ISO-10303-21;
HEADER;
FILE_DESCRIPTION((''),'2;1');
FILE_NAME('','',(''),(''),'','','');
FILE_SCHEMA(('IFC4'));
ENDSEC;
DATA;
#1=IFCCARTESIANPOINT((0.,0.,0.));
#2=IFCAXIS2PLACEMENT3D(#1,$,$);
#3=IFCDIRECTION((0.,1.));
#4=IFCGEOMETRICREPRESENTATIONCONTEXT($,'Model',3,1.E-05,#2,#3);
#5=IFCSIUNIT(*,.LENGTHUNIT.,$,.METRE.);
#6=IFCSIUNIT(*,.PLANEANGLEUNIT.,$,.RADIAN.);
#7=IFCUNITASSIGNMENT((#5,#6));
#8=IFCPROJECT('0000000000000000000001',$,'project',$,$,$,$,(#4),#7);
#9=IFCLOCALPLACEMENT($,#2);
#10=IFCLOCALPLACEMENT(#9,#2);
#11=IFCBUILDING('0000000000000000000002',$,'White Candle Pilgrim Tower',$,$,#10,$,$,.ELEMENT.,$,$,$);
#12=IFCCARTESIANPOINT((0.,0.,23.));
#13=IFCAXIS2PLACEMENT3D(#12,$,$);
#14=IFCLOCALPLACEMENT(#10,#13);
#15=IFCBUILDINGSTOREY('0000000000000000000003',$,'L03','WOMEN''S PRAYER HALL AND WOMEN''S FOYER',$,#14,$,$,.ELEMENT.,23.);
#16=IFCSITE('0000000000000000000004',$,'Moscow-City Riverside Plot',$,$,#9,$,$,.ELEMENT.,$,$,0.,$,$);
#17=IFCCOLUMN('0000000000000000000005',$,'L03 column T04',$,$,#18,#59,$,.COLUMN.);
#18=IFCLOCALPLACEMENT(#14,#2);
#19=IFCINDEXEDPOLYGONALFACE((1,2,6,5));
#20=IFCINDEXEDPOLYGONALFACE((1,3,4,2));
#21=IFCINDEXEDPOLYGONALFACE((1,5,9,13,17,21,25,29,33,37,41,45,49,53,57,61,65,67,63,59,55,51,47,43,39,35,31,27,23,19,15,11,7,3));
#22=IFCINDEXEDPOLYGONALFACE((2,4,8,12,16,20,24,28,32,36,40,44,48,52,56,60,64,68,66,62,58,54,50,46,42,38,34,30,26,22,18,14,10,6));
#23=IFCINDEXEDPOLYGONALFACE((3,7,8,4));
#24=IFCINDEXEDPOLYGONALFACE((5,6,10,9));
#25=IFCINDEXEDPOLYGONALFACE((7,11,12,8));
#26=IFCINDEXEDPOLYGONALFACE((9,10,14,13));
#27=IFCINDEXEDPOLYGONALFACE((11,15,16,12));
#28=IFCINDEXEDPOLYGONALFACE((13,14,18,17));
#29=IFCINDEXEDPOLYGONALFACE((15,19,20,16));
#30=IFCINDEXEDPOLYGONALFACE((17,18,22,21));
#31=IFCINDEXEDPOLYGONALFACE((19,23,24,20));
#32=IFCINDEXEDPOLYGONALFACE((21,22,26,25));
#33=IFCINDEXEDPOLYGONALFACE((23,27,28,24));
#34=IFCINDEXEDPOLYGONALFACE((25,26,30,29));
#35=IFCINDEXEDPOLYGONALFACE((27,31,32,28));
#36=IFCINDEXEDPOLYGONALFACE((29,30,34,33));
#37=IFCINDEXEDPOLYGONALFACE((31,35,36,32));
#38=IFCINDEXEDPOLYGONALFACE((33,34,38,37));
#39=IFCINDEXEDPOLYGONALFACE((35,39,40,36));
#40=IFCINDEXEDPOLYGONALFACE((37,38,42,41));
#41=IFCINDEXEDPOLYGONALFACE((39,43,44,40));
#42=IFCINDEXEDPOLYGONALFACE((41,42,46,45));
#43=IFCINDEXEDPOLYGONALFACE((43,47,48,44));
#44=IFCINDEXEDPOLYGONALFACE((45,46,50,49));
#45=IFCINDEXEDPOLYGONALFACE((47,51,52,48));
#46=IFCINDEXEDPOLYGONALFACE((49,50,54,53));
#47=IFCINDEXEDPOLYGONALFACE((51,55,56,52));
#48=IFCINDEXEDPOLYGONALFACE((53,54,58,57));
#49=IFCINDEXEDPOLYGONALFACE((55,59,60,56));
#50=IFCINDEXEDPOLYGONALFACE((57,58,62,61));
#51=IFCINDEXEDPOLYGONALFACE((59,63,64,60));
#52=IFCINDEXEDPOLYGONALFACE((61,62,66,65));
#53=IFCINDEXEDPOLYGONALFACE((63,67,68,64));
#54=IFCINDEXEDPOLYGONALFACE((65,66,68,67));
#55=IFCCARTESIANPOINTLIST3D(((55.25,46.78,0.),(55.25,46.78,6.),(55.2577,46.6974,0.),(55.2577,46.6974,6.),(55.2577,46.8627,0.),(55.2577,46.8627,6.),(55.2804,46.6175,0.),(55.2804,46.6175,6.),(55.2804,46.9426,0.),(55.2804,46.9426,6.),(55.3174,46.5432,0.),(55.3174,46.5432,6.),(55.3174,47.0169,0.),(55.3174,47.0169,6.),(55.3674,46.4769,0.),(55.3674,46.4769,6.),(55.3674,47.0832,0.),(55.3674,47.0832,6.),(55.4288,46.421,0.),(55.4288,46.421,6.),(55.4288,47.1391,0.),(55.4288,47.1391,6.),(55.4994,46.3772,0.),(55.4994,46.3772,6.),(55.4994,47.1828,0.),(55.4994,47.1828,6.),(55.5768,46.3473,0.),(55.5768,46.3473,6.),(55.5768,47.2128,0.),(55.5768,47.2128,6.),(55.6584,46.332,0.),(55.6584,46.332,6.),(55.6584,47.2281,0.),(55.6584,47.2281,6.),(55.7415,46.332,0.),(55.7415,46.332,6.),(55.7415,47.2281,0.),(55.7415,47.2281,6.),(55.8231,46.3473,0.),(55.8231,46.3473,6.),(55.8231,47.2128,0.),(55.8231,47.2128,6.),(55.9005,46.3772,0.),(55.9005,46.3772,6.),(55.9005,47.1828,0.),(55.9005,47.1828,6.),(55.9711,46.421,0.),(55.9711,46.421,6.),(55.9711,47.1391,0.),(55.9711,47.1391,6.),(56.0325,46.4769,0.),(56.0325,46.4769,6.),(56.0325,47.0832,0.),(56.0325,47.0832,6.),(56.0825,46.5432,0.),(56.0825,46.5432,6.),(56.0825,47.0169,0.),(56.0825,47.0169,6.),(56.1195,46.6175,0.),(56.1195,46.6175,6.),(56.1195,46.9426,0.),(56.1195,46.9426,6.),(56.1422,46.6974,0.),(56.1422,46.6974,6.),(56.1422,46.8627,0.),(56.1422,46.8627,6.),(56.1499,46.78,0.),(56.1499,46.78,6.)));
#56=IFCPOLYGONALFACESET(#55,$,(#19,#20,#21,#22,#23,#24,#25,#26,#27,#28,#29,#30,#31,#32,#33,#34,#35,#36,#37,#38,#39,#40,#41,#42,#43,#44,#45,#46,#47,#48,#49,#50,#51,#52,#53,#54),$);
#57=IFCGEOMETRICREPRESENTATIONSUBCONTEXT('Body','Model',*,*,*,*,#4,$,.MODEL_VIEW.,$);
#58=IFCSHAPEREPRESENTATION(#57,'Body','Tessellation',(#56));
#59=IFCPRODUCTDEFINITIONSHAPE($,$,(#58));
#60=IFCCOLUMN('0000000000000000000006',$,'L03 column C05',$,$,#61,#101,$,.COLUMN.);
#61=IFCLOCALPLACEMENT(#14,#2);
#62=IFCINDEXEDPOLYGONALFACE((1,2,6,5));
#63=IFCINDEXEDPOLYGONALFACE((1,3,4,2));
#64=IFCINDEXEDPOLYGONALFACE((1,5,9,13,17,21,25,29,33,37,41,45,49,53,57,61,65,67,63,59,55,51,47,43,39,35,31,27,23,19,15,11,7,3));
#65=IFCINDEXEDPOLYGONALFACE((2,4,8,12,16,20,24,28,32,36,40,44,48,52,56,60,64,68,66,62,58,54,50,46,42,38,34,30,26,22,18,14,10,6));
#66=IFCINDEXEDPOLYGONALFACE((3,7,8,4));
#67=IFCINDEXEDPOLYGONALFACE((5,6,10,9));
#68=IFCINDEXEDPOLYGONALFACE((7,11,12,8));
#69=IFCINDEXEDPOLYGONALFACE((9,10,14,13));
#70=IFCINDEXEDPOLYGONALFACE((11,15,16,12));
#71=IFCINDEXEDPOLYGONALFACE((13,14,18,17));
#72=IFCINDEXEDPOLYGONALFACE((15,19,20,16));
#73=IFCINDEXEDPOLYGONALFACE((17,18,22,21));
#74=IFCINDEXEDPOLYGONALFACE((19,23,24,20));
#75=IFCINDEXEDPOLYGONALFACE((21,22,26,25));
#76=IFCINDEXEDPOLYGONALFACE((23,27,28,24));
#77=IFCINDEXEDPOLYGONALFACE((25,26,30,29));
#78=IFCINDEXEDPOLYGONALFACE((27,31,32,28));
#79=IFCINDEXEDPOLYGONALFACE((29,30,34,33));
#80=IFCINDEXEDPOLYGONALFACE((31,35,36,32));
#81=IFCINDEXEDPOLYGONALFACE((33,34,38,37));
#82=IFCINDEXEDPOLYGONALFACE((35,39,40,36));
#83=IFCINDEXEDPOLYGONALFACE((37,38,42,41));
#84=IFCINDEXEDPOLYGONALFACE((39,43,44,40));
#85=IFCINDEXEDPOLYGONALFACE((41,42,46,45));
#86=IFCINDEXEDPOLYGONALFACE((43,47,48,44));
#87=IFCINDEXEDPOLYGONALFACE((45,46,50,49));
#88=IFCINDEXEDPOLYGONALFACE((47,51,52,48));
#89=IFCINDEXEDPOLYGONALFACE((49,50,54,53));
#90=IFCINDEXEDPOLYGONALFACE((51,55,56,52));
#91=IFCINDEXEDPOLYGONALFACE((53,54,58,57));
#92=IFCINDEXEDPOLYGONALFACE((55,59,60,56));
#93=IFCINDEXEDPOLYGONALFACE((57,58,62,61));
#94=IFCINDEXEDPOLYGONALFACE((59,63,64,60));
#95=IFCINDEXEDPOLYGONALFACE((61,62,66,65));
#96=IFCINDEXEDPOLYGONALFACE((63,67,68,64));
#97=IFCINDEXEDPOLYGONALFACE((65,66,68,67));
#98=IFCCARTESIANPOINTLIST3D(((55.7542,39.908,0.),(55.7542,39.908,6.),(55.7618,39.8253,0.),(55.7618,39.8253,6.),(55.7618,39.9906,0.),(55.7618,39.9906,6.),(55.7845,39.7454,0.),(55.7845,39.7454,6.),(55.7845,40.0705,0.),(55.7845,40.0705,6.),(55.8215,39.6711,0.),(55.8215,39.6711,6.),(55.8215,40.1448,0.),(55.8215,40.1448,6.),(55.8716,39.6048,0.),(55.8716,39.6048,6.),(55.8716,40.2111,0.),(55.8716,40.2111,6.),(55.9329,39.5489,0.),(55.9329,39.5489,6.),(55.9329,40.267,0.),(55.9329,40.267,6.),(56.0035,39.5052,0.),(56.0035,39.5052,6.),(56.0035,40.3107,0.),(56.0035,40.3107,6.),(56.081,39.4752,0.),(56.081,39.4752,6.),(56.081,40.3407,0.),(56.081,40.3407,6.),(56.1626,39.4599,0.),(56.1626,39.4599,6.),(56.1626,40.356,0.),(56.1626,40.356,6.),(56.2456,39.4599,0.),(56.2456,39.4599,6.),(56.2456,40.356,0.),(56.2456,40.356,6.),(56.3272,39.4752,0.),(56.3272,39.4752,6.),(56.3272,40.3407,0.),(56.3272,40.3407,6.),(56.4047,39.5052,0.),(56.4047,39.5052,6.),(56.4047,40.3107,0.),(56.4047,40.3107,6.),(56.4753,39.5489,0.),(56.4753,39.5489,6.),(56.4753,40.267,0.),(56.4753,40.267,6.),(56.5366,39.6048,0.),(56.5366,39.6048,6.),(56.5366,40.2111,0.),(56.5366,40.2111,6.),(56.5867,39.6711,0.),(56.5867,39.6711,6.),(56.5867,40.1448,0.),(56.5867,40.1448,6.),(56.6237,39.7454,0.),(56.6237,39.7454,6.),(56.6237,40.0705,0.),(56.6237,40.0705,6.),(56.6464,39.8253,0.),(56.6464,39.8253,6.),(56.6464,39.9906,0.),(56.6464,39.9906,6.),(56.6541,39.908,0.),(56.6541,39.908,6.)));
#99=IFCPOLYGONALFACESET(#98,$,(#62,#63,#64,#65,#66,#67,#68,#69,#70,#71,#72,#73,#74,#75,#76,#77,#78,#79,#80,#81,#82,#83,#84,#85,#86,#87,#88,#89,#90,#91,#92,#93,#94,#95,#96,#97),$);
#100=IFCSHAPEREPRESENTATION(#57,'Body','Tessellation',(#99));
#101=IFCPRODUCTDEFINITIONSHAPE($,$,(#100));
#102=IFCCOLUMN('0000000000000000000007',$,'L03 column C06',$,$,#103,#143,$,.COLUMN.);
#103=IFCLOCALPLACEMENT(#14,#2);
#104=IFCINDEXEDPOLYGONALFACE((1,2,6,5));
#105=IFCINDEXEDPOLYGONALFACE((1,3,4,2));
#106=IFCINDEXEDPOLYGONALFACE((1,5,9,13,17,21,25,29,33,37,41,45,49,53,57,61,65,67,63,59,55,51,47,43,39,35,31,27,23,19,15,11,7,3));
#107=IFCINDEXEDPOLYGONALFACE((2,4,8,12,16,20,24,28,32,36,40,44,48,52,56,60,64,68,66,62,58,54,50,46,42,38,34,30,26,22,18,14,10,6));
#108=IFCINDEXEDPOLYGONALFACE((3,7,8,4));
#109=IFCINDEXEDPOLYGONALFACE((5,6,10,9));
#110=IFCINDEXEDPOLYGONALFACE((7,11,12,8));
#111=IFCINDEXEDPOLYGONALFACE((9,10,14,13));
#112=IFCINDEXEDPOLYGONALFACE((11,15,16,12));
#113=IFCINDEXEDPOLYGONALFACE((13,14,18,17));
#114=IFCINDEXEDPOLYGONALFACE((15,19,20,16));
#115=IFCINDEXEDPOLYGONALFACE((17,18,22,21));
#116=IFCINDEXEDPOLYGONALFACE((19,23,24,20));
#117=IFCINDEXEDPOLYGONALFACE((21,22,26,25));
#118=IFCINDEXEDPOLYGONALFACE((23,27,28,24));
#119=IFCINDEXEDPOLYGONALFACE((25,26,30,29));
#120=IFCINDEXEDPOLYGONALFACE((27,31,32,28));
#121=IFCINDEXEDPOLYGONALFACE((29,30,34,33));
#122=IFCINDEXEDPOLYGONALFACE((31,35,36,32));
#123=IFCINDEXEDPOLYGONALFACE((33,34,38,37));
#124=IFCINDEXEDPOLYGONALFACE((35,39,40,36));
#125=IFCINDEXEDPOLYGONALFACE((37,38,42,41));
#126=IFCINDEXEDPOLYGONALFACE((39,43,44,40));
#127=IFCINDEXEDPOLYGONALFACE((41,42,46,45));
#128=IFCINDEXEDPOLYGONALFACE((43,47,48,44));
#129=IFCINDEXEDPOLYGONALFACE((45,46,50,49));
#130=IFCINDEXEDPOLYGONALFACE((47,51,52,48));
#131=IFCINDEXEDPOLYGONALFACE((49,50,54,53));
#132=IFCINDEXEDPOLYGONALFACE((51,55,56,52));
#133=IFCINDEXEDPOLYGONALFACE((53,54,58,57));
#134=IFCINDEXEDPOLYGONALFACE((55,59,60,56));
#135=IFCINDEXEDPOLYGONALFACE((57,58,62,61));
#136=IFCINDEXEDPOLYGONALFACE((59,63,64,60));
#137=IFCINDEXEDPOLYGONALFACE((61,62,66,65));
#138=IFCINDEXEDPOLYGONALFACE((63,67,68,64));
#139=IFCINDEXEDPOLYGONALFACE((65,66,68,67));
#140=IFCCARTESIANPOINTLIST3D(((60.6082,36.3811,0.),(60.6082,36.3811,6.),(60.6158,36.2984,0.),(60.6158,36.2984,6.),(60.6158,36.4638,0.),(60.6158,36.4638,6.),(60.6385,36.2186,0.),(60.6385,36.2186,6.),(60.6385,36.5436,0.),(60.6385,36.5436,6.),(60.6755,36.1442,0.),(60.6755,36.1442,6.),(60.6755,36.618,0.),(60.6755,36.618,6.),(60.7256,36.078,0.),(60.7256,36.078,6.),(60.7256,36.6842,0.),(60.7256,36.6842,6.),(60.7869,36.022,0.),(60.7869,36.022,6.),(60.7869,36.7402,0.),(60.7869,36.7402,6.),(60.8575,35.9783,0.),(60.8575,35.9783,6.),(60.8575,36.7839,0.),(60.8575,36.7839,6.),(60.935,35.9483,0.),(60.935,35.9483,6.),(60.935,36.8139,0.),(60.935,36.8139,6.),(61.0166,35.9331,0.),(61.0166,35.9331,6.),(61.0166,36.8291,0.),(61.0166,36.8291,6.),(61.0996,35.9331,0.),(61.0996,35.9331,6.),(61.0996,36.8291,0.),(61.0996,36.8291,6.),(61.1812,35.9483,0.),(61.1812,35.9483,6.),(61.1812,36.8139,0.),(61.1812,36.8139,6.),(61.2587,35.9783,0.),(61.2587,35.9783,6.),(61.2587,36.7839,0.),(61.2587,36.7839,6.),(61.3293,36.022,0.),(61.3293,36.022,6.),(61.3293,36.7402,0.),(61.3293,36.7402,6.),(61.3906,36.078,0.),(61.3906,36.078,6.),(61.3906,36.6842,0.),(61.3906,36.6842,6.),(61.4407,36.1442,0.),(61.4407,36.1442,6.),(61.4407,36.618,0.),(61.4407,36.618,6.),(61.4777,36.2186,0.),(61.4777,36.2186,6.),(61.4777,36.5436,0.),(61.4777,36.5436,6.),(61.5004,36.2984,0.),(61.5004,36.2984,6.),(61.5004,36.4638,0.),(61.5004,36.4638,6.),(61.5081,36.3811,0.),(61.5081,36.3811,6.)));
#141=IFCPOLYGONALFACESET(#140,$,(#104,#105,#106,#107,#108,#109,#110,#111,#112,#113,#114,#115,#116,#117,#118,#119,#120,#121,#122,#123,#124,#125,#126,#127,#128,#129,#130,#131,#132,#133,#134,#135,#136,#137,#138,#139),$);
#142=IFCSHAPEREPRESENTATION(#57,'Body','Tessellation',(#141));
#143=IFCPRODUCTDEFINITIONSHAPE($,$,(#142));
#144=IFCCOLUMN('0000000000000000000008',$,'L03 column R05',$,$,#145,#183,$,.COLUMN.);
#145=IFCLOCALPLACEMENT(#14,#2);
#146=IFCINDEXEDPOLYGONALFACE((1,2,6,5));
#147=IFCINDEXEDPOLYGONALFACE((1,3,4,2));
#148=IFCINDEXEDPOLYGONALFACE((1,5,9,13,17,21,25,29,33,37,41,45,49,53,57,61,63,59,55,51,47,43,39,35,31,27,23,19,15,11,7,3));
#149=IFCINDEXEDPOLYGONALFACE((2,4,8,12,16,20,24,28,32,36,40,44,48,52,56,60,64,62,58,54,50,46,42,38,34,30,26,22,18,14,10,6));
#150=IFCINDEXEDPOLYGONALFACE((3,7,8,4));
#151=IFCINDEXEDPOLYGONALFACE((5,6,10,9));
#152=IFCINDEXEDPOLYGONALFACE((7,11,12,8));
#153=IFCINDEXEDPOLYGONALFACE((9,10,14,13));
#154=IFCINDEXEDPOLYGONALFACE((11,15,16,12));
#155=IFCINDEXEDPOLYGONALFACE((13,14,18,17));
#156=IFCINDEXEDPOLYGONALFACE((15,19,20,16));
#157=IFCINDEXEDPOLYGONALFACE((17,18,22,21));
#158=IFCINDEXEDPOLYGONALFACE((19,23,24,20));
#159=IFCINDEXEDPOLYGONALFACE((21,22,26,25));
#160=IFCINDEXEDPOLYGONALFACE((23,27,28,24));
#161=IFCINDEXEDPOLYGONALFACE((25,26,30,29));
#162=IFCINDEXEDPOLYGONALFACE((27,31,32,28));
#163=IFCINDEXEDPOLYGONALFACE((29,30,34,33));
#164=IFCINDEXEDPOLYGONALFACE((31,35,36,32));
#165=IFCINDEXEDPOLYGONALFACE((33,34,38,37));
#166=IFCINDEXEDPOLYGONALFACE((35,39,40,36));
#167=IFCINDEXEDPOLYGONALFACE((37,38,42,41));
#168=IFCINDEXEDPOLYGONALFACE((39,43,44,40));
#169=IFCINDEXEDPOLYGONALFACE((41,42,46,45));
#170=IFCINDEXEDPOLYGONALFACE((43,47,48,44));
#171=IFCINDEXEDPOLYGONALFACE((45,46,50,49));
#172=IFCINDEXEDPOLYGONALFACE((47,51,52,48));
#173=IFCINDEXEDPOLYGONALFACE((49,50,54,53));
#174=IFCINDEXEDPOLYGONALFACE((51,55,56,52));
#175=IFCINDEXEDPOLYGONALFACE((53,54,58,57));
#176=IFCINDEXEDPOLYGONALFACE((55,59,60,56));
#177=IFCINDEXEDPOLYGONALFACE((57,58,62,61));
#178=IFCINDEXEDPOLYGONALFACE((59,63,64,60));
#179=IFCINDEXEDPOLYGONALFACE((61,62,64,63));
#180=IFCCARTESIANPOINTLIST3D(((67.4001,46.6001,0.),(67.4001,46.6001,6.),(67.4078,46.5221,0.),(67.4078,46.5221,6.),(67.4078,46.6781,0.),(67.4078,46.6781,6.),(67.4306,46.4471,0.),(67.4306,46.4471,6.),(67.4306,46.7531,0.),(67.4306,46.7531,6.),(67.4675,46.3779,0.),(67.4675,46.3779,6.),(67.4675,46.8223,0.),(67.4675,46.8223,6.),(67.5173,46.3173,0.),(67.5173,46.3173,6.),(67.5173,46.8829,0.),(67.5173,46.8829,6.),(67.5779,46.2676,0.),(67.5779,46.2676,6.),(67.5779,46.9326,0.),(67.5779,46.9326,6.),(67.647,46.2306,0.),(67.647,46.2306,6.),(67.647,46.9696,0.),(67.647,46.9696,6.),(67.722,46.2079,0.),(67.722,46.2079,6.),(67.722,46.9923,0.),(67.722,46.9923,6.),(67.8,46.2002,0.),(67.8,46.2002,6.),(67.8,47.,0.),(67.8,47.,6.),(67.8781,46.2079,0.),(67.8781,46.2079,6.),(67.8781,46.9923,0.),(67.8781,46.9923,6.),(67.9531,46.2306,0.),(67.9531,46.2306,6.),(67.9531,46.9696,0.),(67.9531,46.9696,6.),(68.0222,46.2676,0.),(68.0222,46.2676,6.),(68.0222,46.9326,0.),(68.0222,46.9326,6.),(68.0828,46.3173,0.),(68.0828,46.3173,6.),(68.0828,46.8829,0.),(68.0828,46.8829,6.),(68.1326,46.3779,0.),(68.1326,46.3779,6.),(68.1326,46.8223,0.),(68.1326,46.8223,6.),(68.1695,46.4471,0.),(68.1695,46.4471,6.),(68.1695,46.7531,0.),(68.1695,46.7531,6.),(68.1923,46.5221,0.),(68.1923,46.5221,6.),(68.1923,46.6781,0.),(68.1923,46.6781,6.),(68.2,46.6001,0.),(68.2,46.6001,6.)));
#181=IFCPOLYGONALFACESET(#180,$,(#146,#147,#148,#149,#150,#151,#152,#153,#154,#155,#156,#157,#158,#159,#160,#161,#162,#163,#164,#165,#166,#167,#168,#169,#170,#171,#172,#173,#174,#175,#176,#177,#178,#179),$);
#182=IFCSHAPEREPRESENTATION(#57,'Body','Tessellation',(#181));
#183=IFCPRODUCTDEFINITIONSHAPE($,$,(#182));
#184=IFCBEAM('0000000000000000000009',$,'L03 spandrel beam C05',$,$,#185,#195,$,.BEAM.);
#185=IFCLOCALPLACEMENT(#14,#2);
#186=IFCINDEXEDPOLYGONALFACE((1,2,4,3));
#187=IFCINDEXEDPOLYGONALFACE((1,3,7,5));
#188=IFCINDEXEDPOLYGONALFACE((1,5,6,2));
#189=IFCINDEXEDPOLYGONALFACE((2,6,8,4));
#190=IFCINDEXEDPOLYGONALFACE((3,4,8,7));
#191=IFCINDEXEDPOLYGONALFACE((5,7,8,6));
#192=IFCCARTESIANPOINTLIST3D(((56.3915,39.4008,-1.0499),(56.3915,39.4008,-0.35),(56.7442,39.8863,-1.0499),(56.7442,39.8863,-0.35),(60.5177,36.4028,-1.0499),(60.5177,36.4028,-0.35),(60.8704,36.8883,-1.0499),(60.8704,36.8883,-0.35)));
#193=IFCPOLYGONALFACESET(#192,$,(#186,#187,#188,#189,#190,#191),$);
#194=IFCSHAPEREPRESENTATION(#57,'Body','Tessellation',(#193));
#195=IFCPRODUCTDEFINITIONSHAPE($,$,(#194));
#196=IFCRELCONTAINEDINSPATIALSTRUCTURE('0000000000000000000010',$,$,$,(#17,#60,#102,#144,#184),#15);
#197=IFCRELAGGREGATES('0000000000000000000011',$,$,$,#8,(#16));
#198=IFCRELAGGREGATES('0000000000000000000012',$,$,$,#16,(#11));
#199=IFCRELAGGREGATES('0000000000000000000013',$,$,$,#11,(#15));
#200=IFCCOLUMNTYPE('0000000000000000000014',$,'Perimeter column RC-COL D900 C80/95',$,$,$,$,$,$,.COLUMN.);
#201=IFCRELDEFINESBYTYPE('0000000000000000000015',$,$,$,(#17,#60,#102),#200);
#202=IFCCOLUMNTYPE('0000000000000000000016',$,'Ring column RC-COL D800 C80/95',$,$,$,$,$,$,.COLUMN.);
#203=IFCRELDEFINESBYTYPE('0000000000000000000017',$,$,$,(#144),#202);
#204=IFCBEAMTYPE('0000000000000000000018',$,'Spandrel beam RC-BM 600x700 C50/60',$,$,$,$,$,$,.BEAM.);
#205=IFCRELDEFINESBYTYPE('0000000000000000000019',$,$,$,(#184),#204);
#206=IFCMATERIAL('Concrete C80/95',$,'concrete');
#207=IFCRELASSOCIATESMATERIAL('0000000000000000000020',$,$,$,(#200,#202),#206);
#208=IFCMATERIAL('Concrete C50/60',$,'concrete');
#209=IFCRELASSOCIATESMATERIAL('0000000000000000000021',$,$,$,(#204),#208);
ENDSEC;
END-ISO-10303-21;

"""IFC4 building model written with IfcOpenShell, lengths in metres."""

from ifc_helpers import new_model, si_unit, direction, frame, origin, origin_2d, place, context, subcontext, project, spatial, rectangle, circle, extrude, material, material_profile, profile_set, type_object, element, save


model = new_model("IFC4")

# Units and contexts
model_context = context("Model", 3, precision=1e-05, world=origin(), true_north=direction((0.0, 1.0)))
body_context = subcontext(model_context, "Body", "Model", "MODEL_VIEW")
ifc_project = project(units=[si_unit("LENGTHUNIT", "METRE"), si_unit("PLANEANGLEUNIT", "RADIAN")], contexts=[model_context])

# Site, building, storey
site_placement = place(None, origin())
site = spatial("IfcSite", under=ifc_project, at=site_placement, Name="Moscow-City Riverside Plot", CompositionType="ELEMENT", RefElevation=0.0)
building_placement = place(site_placement, origin())
building = spatial("IfcBuilding", under=site, at=building_placement, Name="White Candle Pilgrim Tower", CompositionType="ELEMENT")
storey_placement = place(building_placement, frame((0.0, 0.0, 23.0)))
storey = spatial("IfcBuildingStorey", under=building, at=storey_placement, Name="L03", Description="WOMEN'S PRAYER HALL AND WOMEN'S FOYER", CompositionType="ELEMENT", Elevation=23.0)

# Columns
ifc_material_1 = material(Name="Concrete C80/95", Category="concrete")
ifc_material_profile_1 = material_profile(ifc_material_1, circle(Radius=0.45, at=origin_2d()), Name="RC-COL D900")
ifc_profile_set_1 = profile_set([ifc_material_profile_1], Name="Concrete C80/95")
column_type_1 = type_object("IfcColumnType", Name="Perimeter column RC-COL D900 C80/95", PredefinedType="COLUMN", material=ifc_profile_set_1)
for number, where, z_axis, x_axis, name in (
    (1, (55.7, 46.78, 0.0), (0.0, 0.0, 1.0), (1.0, 0.0, 0.0), "L03 column T04"),
    (2, (56.2041, 39.908, 0.0), (0.0, 0.0, 1.0), (1.0, 0.0, 0.0), "L03 column C05"),
    (3, (61.0581, 36.3811, 0.0), (0.0, 0.0, 1.0), (1.0, 0.0, 0.0), "L03 column C06"),
):
    element("IfcColumn", number, at=place(storey_placement, frame(where, z_axis=z_axis, x_axis=x_axis)), inside=storey, type_object=column_type_1, Name=name, PredefinedType="COLUMN", context=body_context, shape_type="SweptSolid", body=[
        extrude(circle(Radius=0.45, at=origin_2d()), origin(), (0.0, 0.0, 1.0), 6.0),
    ])
ifc_material_profile_2 = material_profile(ifc_material_1, circle(Radius=0.3999, at=origin_2d()), Name="RC-COL D800")
ifc_profile_set_2 = profile_set([ifc_material_profile_2], Name="Concrete C80/95")
column_type_2 = type_object("IfcColumnType", Name="Ring column RC-COL D800 C80/95", PredefinedType="COLUMN", material=ifc_profile_set_2)
column_placement = place(storey_placement, frame((67.8, 46.6001, 0.0), z_axis=(0.0, 0.0, 1.0), x_axis=(1.0, 0.0, 0.0)))
element("IfcColumn", 4, at=column_placement, inside=storey, type_object=column_type_2, Name="L03 column R05", PredefinedType="COLUMN", context=body_context, shape_type="SweptSolid", body=[
    extrude(circle(Radius=0.3999, at=origin_2d()), origin(), (0.0, 0.0, 1.0), 6.0),
])

# Beam
ifc_material_2 = material(Name="Concrete C50/60", Category="concrete")
ifc_material_profile_3 = material_profile(ifc_material_2, rectangle(XDim=0.6001, YDim=0.7, at=origin_2d()), Name="RC-BM 600x700")
ifc_profile_set_3 = profile_set([ifc_material_profile_3], Name="Concrete C50/60")
beam_type = type_object("IfcBeamType", Name="Spandrel beam RC-BM 600x700 C50/60", PredefinedType="BEAM", material=ifc_profile_set_3)
beam_1_placement = place(storey_placement, frame((56.5679, 39.6436, -0.7), z_axis=(0.809001, -0.587807, 0.0), x_axis=(0.587807, 0.809001, 0.0)))
element("IfcBeam", 5, at=beam_1_placement, inside=storey, type_object=beam_type, Name="L03 spandrel beam C05", PredefinedType="BEAM", context=body_context, shape_type="SweptSolid", body=[
    extrude(rectangle(XDim=0.6001, YDim=0.7, at=origin_2d()), origin(), (0.0, 0.0, 1.0), 5.1003),
])

save(model, "model.ifc")
